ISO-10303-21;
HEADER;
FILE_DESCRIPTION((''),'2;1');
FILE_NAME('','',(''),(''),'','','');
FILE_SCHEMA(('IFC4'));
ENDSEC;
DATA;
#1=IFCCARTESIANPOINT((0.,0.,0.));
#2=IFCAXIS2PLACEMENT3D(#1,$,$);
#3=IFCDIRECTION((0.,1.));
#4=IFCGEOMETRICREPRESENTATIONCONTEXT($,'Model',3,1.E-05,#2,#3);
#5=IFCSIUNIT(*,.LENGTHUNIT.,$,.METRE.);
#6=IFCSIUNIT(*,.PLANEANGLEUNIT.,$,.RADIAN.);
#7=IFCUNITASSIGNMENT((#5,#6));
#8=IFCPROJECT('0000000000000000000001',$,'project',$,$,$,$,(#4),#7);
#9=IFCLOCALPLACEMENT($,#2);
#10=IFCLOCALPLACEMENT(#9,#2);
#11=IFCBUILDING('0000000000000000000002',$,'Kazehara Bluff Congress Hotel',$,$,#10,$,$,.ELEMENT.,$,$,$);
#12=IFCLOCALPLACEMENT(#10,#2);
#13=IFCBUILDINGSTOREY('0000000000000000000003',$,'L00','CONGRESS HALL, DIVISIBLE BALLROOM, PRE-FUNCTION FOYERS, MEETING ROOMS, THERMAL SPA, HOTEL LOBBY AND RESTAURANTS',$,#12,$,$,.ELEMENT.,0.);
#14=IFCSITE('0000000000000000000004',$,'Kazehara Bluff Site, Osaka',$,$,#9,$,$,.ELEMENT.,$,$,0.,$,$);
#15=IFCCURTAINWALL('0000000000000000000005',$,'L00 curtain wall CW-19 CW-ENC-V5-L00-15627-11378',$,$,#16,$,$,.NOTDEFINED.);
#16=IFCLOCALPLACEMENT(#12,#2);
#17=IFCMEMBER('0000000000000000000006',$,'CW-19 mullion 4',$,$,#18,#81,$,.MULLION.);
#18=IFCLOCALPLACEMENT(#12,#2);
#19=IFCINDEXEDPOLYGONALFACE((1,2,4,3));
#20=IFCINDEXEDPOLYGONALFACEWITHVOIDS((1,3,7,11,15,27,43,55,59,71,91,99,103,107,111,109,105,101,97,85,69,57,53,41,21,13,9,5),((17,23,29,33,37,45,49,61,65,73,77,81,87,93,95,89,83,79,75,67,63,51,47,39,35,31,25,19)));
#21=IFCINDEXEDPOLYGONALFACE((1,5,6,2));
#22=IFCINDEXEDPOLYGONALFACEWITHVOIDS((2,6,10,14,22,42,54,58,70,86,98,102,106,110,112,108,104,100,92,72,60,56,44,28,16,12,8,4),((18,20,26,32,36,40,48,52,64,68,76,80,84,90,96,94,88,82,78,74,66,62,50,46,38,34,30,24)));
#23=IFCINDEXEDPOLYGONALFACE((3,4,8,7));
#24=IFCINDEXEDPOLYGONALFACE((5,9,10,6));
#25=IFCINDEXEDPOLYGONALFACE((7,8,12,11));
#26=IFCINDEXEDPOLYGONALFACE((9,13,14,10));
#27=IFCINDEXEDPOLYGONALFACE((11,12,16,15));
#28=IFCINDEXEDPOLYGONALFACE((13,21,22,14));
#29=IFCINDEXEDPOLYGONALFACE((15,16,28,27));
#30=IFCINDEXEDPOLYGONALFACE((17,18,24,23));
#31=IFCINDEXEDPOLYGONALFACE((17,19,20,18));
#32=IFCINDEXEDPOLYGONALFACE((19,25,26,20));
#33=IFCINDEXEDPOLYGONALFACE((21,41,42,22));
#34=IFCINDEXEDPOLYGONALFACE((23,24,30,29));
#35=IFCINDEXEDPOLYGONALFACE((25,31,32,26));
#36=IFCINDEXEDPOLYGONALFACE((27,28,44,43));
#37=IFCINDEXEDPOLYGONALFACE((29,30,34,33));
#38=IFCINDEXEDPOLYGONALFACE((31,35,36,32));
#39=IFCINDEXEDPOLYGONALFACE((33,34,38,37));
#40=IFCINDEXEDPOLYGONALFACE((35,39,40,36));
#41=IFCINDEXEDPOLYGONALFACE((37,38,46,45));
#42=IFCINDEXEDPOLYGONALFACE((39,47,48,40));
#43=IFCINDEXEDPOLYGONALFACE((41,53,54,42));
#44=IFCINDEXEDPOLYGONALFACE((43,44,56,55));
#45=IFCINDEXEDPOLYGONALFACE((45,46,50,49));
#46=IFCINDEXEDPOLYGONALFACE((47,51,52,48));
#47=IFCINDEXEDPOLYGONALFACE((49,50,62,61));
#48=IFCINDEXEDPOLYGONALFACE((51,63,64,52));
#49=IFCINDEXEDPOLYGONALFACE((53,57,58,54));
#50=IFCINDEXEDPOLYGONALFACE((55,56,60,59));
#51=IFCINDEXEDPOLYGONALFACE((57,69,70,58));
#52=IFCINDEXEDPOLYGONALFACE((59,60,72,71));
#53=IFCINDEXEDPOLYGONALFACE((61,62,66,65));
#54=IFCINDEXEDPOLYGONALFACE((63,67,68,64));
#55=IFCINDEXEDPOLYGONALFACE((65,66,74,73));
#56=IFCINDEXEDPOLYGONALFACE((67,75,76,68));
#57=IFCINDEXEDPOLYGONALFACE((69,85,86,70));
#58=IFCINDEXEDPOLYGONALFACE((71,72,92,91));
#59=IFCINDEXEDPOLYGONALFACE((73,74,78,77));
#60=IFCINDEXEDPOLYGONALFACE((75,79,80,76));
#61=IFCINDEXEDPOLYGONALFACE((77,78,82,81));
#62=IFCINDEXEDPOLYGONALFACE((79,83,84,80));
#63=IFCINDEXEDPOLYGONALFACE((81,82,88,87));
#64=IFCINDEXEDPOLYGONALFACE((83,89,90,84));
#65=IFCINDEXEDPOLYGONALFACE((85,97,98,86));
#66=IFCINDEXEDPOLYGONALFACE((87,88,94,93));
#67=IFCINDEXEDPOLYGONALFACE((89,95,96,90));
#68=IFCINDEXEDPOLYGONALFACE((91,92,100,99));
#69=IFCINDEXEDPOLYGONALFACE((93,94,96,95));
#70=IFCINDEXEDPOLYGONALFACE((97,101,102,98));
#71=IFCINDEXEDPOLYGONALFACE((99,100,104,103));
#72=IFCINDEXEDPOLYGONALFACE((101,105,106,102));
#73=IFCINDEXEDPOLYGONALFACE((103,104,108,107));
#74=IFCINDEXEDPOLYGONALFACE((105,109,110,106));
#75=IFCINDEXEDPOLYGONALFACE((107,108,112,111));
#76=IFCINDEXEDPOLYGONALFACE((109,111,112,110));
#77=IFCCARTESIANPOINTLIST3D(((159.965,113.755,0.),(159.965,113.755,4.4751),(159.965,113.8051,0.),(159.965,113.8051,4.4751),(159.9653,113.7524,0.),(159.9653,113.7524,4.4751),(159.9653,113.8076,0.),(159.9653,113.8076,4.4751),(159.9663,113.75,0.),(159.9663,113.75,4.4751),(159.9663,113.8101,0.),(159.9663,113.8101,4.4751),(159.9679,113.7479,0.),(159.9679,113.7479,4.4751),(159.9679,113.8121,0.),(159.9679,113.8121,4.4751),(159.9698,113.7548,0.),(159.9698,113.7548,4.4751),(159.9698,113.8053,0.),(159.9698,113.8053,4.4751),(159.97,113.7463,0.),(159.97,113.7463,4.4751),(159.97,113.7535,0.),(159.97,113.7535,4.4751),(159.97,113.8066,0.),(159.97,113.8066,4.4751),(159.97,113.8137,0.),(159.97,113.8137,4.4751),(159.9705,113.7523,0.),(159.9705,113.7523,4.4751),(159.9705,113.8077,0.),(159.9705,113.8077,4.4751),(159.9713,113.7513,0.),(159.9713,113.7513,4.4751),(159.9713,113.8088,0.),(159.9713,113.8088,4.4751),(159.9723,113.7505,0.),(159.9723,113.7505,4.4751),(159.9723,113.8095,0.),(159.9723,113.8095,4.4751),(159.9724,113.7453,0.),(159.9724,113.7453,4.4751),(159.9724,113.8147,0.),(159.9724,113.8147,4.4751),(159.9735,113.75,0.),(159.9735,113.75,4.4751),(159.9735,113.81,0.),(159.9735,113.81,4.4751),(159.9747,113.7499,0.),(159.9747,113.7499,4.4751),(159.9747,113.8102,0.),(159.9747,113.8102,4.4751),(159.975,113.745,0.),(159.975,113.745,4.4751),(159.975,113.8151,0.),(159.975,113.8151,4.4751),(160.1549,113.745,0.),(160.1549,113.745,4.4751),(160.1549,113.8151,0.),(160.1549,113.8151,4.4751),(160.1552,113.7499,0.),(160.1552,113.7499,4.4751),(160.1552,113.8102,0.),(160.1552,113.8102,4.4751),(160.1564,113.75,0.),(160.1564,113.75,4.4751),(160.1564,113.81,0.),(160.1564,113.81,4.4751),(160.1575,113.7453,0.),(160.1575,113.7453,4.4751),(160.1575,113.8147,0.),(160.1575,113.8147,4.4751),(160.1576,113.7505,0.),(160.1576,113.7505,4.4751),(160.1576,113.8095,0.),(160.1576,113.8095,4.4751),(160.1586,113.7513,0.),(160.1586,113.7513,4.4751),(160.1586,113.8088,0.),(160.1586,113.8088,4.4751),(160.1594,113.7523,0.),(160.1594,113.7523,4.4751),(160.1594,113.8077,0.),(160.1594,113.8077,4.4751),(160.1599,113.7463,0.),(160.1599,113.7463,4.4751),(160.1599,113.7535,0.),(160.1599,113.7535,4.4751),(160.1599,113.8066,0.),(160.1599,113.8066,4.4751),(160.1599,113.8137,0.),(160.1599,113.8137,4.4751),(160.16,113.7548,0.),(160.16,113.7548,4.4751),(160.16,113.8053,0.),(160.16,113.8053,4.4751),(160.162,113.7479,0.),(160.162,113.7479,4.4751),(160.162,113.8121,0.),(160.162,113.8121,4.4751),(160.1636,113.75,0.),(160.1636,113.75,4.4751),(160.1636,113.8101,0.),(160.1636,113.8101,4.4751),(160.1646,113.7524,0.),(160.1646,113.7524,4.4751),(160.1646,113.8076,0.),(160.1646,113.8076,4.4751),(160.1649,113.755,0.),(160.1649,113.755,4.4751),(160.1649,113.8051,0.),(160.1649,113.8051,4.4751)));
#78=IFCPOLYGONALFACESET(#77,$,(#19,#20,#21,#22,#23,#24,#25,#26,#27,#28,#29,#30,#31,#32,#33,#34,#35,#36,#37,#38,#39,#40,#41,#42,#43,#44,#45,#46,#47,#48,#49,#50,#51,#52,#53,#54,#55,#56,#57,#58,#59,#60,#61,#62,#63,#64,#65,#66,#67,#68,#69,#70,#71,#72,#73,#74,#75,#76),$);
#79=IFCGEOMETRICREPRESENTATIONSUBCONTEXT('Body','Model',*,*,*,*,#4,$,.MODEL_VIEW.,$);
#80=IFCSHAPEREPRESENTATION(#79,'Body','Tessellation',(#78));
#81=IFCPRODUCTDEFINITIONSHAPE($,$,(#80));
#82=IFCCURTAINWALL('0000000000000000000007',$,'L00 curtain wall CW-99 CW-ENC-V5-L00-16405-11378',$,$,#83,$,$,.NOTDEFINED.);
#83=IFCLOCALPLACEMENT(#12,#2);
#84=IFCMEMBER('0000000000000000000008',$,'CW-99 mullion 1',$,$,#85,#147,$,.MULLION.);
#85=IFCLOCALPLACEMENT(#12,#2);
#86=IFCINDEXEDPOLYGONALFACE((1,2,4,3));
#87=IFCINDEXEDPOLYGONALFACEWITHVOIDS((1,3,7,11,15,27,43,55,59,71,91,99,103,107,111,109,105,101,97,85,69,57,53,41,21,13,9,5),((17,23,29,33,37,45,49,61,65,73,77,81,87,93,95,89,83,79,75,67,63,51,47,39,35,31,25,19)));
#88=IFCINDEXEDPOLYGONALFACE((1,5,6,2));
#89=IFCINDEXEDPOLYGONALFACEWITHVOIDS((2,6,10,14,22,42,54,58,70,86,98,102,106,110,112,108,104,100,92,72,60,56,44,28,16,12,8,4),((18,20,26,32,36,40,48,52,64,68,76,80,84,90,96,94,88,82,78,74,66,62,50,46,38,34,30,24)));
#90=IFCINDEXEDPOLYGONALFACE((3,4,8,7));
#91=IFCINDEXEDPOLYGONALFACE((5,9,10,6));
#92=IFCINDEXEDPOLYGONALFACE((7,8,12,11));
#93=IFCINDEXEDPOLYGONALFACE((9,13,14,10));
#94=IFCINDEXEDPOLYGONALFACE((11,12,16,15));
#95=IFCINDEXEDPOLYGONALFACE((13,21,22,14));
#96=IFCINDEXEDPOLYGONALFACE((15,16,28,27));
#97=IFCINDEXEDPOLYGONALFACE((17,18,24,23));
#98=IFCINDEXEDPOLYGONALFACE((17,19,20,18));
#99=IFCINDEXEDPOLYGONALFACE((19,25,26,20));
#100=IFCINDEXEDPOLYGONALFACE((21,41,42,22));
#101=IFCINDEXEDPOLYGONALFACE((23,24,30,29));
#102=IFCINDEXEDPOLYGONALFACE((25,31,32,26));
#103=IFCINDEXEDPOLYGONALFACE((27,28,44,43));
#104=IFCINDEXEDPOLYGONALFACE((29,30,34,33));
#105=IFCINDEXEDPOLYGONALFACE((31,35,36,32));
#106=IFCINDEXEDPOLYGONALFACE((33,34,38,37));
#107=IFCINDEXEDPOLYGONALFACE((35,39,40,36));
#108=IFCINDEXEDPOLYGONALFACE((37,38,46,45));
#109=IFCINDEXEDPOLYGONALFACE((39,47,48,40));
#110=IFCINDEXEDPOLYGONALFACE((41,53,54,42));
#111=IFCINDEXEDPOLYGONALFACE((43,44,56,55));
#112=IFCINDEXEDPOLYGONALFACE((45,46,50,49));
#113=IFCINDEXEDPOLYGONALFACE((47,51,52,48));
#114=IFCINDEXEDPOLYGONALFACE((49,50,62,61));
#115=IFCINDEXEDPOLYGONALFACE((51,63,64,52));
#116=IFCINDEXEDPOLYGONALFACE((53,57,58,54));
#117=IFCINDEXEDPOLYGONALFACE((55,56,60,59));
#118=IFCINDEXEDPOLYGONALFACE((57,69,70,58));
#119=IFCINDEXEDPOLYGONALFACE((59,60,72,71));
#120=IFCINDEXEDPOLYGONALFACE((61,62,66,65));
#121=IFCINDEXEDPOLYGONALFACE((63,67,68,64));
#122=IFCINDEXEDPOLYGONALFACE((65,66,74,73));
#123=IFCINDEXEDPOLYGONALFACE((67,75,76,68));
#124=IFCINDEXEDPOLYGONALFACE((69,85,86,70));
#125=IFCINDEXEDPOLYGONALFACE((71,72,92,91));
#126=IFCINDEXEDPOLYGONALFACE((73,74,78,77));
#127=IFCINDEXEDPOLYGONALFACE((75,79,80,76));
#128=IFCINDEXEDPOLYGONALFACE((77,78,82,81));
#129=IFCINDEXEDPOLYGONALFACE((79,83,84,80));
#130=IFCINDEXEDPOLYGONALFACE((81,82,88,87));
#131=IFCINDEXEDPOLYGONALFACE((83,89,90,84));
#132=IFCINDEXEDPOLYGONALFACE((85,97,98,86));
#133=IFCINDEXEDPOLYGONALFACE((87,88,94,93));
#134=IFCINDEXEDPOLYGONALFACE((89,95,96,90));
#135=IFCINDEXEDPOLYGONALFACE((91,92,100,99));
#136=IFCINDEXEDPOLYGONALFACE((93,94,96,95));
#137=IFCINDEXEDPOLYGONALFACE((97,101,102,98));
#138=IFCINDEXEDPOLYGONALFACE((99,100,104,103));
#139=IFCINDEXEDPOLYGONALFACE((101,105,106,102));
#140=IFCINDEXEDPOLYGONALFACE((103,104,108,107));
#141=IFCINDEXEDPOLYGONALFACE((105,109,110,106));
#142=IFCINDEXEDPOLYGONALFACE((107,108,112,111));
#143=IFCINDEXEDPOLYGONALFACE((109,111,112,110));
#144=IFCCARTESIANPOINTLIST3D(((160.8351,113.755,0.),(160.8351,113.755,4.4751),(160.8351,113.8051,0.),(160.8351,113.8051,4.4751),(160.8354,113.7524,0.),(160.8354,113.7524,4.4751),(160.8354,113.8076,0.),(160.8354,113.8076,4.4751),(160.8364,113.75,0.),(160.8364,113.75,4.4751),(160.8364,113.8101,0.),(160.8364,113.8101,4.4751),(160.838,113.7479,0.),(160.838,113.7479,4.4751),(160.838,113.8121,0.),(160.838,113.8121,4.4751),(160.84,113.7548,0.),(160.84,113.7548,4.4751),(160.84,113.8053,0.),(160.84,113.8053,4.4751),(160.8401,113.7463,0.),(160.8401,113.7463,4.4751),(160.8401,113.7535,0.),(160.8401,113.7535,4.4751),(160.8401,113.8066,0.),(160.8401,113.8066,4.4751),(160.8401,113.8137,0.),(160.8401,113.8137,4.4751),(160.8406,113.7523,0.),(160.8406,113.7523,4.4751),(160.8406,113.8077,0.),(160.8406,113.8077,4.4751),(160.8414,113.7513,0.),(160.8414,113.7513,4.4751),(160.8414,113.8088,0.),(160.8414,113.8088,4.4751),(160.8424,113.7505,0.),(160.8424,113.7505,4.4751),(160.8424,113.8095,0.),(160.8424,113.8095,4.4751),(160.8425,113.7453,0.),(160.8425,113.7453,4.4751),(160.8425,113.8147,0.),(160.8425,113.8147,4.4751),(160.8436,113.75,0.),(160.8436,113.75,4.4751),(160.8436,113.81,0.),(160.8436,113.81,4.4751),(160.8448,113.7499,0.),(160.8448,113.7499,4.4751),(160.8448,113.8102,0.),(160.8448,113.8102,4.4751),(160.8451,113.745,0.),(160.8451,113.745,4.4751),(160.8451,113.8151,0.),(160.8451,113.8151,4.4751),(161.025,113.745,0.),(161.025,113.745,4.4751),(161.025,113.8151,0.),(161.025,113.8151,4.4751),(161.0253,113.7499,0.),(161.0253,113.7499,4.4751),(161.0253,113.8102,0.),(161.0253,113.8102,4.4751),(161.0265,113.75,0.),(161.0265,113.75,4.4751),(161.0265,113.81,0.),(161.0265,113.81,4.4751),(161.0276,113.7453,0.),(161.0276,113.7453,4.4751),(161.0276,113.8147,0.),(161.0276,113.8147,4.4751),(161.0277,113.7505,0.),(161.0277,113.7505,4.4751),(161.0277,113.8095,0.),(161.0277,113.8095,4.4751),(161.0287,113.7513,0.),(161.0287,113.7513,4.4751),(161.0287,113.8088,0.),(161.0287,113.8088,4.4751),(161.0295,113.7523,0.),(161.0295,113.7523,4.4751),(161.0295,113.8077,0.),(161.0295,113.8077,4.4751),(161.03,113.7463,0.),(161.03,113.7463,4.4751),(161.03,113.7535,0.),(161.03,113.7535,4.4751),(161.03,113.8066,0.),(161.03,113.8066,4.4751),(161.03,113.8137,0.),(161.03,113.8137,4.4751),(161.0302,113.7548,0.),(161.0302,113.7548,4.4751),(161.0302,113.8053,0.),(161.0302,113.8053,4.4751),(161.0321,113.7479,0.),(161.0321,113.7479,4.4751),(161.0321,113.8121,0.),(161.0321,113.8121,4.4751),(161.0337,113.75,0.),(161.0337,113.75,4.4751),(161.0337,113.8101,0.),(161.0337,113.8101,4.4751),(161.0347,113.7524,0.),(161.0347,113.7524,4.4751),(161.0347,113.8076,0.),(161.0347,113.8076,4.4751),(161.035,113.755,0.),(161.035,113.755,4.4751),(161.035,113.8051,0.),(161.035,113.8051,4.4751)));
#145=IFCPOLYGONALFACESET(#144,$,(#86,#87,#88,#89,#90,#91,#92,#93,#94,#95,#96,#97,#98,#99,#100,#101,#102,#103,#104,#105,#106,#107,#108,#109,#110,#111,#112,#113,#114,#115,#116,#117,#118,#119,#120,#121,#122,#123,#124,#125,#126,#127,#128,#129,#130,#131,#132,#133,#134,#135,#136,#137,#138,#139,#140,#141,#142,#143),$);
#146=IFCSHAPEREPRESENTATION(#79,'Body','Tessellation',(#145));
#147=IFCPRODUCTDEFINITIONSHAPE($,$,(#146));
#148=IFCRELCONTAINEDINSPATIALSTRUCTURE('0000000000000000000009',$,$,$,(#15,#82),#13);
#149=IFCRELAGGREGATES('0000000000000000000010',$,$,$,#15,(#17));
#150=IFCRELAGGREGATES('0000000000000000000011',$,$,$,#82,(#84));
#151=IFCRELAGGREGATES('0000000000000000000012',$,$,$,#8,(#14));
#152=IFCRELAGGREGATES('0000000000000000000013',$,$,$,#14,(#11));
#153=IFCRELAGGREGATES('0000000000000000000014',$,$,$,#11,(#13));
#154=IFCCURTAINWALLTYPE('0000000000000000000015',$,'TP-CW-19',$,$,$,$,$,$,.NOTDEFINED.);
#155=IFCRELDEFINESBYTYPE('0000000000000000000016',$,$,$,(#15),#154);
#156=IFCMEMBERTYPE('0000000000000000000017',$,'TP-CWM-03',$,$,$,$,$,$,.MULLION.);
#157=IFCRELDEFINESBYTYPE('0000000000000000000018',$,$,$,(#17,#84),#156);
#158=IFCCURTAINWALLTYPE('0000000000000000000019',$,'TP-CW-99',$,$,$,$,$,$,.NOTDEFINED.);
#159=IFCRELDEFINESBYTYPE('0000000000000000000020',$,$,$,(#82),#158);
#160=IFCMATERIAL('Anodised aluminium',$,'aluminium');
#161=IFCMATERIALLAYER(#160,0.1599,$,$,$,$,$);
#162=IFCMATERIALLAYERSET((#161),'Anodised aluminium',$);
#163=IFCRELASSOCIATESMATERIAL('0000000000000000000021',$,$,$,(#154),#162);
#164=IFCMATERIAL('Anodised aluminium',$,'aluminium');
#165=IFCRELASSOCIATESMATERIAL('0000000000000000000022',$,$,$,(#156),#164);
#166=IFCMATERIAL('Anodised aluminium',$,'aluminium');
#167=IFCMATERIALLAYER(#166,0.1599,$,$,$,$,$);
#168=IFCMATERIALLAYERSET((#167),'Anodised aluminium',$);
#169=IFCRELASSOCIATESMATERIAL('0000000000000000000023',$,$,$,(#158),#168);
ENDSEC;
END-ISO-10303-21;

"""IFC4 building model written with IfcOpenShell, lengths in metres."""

from ifc_helpers import new_model, si_unit, direction, frame, origin, origin_2d, place, context, subcontext, project, spatial, hollow_rectangle, extrude, material, layer, layer_set, material_profile, profile_set, type_object, element, aggregate, save


model = new_model("IFC4")

# Units and contexts
model_context = context("Model", 3, precision=1e-05, world=origin(), true_north=direction((0.0, 1.0)))
body_context = subcontext(model_context, "Body", "Model", "MODEL_VIEW")
ifc_project = project(units=[si_unit("LENGTHUNIT", "METRE"), si_unit("PLANEANGLEUNIT", "RADIAN")], contexts=[model_context])

# Site, building, storey
site_placement = place(None, origin())
site = spatial("IfcSite", under=ifc_project, at=site_placement, Name="Kazehara Bluff Site, Osaka", CompositionType="ELEMENT", RefElevation=0.0)
building_placement = place(site_placement, origin())
building = spatial("IfcBuilding", under=site, at=building_placement, Name="Kazehara Bluff Congress Hotel", CompositionType="ELEMENT")
storey_placement = place(building_placement, origin())
storey = spatial("IfcBuildingStorey", under=building, at=storey_placement, Name="L00", Description="CONGRESS HALL, DIVISIBLE BALLROOM, PRE-FUNCTION FOYERS, MEETING ROOMS, THERMAL SPA, HOTEL LOBBY AND RESTAURANTS", CompositionType="ELEMENT", Elevation=0.0)

# Curtain wall, member
ifc_material_1 = material(Name="Anodised aluminium", Category="aluminium")
ifc_layer_1 = layer(ifc_material_1, 0.1599)
ifc_layer_set_1 = layer_set([ifc_layer_1], Name="Anodised aluminium")
curtain_wall_type_1 = type_object("IfcCurtainWallType", Name="TP-CW-19", PredefinedType="NOTDEFINED", material=ifc_layer_set_1)
curtain_wall_1_placement = place(storey_placement, origin())
curtain_wall_1 = element("IfcCurtainWall", 1, at=curtain_wall_1_placement, inside=storey, type_object=curtain_wall_type_1, Name="L00 curtain wall CW-19 CW-ENC-V5-L00-15627-11378", PredefinedType="NOTDEFINED")
ifc_material_2 = material(Name="Anodised aluminium", Category="aluminium")
ifc_material_profile_1 = material_profile(ifc_material_2, hollow_rectangle(XDim=0.0701, YDim=0.2, WallThickness=0.0049, InnerFilletRadius=0.0049, OuterFilletRadius=0.01, at=origin_2d()))
ifc_profile_set_1 = profile_set([ifc_material_profile_1], Name="Anodised aluminium")
member_type_1 = type_object("IfcMemberType", Name="TP-CWM-03", PredefinedType="MULLION", material=ifc_profile_set_1)
member_1_placement = place(storey_placement, frame((160.0649, 113.78, 0.0), z_axis=(0.0, 0.0, 1.0), x_axis=(0.0, 1.0, 0.0)))
member_1 = element("IfcMember", 2, at=member_1_placement, type_object=member_type_1, Name="CW-19 mullion 4", PredefinedType="MULLION", context=body_context, shape_type="SweptSolid", body=[
    extrude(hollow_rectangle(XDim=0.0701, YDim=0.2, WallThickness=0.0049, InnerFilletRadius=0.0049, OuterFilletRadius=0.01, at=origin_2d()), origin(), (0.0, 0.0, 1.0), 4.4751),
])

# Curtain wall, member
ifc_material_3 = material(Name="Anodised aluminium", Category="aluminium")
ifc_layer_2 = layer(ifc_material_3, 0.1599)
ifc_layer_set_2 = layer_set([ifc_layer_2], Name="Anodised aluminium")
curtain_wall_type_2 = type_object("IfcCurtainWallType", Name="TP-CW-99", PredefinedType="NOTDEFINED", material=ifc_layer_set_2)
curtain_wall_2_placement = place(storey_placement, origin())
curtain_wall_2 = element("IfcCurtainWall", 3, at=curtain_wall_2_placement, inside=storey, type_object=curtain_wall_type_2, Name="L00 curtain wall CW-99 CW-ENC-V5-L00-16405-11378", PredefinedType="NOTDEFINED")
member_2_placement = place(storey_placement, frame((160.9351, 113.78, 0.0), z_axis=(0.0, 0.0, 1.0), x_axis=(0.0, 1.0, 0.0)))
member_2 = element("IfcMember", 4, at=member_2_placement, type_object=member_type_1, Name="CW-99 mullion 1", PredefinedType="MULLION", context=body_context, shape_type="SweptSolid", body=[
    extrude(hollow_rectangle(XDim=0.0701, YDim=0.2, WallThickness=0.0049, InnerFilletRadius=0.0049, OuterFilletRadius=0.01, at=origin_2d()), origin(), (0.0, 0.0, 1.0), 4.4751),
])

aggregate(curtain_wall_1, [member_1])
aggregate(curtain_wall_2, [member_2])

save(model, "model.ifc")
